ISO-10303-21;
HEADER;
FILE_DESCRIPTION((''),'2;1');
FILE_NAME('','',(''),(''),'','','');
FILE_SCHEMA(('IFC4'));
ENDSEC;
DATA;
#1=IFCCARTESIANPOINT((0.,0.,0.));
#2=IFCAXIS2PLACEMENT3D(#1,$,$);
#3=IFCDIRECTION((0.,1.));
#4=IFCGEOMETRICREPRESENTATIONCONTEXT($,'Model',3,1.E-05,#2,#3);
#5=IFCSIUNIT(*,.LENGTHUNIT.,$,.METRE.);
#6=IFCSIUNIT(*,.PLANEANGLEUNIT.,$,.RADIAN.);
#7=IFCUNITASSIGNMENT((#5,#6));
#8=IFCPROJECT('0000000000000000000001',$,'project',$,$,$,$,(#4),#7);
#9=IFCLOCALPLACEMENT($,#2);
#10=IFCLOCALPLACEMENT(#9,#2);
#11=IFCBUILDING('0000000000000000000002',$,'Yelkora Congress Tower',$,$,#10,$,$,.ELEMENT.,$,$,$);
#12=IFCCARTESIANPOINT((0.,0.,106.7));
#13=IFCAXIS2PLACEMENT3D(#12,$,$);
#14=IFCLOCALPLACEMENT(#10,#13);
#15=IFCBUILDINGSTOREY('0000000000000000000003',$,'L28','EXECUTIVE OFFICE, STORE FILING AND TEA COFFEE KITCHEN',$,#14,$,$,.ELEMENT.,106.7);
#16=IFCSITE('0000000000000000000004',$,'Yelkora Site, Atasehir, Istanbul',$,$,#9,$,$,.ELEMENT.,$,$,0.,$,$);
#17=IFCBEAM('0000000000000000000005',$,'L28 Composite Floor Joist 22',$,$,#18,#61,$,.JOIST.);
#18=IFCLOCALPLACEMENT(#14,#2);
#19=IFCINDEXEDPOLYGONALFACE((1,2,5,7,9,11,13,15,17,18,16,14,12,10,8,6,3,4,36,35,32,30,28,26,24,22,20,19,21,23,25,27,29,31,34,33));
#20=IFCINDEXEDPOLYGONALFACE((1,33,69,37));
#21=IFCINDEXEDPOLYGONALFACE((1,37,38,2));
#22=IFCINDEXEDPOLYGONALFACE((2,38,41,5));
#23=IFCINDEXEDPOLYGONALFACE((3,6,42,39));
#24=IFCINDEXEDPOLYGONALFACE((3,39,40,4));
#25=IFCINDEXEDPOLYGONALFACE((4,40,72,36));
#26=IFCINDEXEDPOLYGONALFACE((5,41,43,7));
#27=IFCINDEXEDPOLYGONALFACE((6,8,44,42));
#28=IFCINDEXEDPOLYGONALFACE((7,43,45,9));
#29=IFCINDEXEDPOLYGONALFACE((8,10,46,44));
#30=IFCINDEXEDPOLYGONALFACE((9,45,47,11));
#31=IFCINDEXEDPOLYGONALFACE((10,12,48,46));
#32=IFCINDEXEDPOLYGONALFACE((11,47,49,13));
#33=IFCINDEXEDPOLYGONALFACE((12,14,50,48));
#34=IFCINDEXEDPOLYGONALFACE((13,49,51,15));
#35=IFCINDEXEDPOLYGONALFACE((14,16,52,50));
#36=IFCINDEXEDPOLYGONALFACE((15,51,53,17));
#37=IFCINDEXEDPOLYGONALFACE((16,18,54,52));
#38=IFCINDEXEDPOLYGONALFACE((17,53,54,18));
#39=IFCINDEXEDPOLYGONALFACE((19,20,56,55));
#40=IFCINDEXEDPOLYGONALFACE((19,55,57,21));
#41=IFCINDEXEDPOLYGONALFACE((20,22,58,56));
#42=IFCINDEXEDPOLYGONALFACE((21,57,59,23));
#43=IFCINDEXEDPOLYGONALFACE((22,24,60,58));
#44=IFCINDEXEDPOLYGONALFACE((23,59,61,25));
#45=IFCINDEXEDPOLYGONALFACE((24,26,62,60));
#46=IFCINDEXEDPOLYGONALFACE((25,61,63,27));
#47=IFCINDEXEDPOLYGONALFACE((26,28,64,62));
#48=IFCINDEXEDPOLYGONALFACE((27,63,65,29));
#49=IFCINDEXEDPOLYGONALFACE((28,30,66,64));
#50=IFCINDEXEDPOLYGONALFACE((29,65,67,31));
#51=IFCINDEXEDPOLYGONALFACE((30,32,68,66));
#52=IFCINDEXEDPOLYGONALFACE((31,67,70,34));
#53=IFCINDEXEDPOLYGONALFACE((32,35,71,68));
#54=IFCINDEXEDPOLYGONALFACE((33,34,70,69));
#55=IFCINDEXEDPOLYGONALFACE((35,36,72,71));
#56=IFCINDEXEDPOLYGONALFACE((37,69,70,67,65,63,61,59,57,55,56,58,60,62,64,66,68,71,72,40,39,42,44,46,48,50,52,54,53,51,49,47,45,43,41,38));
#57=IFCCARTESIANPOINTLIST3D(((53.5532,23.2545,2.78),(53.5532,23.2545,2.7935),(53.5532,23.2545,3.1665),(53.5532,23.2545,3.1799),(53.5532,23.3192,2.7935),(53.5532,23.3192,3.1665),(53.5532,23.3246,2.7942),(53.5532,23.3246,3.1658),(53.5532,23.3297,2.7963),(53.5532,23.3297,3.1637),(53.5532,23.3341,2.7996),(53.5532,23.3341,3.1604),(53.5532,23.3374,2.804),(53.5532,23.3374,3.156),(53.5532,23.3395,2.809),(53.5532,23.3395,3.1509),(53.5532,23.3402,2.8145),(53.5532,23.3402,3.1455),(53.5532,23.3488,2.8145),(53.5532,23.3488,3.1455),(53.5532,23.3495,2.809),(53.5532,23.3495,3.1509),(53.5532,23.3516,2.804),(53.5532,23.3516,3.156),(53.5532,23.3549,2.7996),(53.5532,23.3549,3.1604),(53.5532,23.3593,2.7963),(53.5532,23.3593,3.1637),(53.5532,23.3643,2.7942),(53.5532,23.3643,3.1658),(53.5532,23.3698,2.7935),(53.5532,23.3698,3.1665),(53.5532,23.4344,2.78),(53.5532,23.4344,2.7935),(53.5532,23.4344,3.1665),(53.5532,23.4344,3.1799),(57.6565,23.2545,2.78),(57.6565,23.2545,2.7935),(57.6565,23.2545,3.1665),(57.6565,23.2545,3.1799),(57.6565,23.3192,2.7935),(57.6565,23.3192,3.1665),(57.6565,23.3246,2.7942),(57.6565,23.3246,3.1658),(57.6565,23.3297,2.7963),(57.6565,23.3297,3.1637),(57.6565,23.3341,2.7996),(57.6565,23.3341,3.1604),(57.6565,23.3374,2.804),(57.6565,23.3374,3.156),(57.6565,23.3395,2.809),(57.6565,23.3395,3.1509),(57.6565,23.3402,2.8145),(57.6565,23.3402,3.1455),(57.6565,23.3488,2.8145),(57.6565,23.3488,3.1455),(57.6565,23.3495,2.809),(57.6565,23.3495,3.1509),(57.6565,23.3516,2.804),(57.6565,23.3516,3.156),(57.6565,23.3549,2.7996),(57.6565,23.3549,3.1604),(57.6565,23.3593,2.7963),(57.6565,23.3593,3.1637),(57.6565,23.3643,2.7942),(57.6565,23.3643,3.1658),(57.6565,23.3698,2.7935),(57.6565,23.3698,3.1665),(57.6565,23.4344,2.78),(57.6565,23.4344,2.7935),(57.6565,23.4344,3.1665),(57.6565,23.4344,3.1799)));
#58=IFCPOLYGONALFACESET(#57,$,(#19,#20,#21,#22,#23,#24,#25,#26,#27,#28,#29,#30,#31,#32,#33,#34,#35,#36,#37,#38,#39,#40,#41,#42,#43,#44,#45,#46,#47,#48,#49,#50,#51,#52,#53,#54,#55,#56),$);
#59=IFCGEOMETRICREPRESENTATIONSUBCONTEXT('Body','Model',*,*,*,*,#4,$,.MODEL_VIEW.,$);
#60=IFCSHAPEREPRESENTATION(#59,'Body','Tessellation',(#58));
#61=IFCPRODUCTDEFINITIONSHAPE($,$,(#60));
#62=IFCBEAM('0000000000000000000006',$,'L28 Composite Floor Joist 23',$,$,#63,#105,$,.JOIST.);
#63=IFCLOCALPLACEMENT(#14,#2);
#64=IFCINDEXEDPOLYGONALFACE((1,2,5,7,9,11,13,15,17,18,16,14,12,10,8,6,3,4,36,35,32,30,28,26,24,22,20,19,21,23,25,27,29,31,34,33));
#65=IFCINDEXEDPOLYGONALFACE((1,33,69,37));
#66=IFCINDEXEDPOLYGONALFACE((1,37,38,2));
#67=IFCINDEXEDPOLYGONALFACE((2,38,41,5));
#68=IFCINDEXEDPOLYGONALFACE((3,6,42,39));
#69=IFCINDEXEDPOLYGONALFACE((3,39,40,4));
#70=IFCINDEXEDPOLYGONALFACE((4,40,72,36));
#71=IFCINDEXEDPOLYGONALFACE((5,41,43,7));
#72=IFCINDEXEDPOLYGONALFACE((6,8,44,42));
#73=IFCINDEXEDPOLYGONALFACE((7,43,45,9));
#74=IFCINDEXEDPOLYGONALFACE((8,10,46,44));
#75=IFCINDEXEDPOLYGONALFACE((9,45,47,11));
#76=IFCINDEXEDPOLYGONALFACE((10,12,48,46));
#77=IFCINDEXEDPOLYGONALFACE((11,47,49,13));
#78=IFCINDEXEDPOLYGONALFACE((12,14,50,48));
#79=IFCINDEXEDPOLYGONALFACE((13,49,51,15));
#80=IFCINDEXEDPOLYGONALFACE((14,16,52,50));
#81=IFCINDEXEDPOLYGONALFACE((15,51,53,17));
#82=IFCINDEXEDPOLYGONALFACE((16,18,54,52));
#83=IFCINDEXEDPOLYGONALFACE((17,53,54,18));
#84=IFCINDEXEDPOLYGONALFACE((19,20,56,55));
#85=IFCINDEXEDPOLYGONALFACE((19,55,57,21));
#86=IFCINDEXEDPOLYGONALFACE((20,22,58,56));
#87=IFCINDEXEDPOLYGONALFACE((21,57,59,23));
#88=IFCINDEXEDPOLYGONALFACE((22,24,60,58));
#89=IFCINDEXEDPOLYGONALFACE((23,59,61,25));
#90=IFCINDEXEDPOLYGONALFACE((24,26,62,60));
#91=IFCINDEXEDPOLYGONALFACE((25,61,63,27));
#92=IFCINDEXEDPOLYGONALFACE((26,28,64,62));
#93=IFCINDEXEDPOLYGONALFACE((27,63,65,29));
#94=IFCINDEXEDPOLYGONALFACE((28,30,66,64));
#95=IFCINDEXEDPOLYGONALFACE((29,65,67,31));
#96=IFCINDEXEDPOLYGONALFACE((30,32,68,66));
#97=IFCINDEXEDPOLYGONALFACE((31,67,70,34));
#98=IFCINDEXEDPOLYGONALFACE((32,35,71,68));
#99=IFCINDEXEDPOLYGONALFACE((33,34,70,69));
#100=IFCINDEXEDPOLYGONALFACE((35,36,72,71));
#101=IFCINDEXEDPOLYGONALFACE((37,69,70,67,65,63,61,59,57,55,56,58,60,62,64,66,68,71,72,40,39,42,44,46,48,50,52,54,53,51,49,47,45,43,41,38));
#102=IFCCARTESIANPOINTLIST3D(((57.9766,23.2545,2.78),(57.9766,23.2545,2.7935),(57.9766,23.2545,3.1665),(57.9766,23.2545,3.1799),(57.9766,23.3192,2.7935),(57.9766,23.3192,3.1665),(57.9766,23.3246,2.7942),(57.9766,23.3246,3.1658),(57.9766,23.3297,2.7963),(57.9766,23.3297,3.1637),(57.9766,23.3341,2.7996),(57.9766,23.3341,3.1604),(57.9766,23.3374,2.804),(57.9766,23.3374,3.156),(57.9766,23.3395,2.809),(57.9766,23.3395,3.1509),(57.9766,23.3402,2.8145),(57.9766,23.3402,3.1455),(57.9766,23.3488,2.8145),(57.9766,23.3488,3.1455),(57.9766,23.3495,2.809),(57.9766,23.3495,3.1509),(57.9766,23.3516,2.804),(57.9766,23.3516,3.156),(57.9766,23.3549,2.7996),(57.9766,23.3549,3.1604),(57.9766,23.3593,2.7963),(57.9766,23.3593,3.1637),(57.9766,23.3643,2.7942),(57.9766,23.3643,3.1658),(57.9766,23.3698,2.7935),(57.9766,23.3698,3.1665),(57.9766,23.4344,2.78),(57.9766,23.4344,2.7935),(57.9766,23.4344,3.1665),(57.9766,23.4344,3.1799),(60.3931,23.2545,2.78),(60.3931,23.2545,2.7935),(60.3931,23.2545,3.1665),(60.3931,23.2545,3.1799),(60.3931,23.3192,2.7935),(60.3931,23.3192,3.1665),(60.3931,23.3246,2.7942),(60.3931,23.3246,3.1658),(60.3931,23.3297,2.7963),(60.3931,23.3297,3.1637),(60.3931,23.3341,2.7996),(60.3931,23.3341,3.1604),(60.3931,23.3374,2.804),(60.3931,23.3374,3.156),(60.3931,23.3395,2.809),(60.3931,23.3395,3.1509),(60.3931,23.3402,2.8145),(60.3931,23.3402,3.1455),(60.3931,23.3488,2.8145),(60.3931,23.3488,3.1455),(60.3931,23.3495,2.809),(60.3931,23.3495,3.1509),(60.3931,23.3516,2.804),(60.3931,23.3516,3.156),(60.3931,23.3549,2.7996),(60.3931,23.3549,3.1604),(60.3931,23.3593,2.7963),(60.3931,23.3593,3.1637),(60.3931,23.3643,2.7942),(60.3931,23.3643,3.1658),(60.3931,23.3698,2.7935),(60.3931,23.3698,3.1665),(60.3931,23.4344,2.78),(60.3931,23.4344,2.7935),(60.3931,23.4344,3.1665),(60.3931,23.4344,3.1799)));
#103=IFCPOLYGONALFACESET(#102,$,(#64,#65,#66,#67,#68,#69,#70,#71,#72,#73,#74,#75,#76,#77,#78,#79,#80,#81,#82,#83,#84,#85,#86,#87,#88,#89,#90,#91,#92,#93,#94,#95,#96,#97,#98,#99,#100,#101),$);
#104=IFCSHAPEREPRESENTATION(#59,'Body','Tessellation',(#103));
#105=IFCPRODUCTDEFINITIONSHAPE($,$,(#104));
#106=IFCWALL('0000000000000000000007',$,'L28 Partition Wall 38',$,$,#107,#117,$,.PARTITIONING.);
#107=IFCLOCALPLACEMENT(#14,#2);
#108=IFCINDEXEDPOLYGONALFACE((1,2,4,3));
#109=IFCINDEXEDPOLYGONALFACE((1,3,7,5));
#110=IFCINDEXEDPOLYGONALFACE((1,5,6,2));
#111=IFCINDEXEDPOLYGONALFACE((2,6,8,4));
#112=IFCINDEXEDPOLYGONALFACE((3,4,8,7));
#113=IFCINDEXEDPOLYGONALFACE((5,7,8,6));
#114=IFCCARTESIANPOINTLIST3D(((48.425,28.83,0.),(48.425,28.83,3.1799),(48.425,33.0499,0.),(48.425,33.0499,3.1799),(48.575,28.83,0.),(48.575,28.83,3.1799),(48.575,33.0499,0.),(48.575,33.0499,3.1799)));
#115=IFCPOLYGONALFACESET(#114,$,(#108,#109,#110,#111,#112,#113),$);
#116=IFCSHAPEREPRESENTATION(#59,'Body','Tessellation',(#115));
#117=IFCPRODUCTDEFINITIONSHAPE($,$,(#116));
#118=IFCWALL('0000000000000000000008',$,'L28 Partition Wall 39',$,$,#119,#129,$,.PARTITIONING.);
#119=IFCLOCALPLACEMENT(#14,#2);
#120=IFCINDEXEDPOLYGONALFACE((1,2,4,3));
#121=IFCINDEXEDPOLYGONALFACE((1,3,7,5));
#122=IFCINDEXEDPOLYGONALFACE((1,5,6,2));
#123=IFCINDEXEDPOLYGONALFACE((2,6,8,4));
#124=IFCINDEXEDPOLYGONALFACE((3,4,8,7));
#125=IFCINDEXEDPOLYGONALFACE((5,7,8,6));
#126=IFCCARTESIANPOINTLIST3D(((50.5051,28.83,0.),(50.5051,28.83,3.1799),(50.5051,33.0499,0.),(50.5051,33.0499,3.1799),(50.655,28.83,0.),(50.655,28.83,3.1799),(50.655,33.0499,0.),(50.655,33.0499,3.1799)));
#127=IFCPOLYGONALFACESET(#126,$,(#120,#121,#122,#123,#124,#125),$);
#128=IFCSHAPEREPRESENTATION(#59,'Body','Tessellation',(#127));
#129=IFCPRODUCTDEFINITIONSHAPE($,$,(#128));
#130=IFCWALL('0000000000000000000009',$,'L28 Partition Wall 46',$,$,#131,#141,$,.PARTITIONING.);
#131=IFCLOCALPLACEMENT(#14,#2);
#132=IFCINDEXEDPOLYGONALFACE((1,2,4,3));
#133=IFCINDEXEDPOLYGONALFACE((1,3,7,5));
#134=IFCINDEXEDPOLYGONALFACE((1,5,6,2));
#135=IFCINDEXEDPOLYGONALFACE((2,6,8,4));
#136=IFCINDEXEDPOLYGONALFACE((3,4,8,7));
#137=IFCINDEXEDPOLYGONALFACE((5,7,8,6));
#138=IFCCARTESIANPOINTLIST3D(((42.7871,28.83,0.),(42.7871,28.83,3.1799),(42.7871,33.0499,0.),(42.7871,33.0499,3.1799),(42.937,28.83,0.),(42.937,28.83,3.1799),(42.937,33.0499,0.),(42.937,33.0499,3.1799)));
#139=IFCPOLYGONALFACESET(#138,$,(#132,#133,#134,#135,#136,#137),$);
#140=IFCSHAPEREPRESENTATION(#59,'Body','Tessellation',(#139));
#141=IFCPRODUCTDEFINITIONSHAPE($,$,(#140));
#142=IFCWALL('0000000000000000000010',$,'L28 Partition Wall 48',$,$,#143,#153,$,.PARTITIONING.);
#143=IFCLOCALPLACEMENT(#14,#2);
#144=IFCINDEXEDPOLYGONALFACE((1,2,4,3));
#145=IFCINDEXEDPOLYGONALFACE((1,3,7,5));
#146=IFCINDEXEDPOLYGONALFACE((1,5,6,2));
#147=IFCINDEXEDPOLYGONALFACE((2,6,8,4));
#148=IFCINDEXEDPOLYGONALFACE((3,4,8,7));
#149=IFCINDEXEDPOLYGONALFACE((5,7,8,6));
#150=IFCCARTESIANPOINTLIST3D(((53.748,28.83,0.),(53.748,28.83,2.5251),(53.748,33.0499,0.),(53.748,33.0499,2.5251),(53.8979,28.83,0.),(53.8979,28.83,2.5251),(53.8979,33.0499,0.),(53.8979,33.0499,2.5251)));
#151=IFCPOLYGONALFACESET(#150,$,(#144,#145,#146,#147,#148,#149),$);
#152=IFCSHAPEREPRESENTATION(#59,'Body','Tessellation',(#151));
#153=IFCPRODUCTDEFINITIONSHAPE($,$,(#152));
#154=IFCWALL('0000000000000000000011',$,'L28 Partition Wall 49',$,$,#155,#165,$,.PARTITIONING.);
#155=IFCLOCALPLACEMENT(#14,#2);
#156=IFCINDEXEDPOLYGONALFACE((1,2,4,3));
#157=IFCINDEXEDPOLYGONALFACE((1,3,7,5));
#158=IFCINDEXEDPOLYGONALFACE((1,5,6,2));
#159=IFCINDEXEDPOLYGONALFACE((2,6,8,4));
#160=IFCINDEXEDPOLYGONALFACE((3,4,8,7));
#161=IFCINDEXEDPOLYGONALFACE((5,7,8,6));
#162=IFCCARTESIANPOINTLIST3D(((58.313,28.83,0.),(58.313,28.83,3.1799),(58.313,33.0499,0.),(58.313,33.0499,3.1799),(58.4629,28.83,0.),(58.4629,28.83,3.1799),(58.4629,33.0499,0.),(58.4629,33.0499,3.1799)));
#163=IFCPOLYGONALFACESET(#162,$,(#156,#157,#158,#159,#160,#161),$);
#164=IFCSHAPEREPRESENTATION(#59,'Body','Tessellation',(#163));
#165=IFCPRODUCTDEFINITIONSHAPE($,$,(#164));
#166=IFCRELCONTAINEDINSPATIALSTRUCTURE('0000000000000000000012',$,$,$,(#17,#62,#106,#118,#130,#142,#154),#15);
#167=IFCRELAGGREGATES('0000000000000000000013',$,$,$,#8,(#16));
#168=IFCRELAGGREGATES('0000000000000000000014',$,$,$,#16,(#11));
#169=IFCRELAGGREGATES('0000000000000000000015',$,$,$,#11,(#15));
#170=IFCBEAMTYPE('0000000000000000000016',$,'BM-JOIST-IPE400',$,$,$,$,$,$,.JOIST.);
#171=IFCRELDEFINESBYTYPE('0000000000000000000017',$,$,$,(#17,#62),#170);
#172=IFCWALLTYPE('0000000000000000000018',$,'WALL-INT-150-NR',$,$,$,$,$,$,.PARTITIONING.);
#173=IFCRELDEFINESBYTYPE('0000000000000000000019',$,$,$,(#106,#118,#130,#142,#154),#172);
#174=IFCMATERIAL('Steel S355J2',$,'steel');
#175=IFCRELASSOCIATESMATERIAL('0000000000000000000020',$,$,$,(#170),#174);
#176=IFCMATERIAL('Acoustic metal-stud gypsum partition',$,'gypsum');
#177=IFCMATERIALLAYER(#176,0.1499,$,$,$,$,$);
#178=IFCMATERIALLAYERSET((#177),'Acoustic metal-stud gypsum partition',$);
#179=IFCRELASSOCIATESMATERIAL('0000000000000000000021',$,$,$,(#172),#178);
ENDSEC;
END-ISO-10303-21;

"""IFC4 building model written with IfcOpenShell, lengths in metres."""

from ifc_helpers import new_model, si_unit, direction, frame, frame_2d, origin, origin_2d, place, context, subcontext, project, spatial, rectangle, i_section, extrude, material, layer, layer_set, material_profile, profile_set, type_object, element, save


model = new_model("IFC4")

# Units and contexts
model_context = context("Model", 3, precision=1e-05, world=origin(), true_north=direction((0.0, 1.0)))
body_context = subcontext(model_context, "Body", "Model", "MODEL_VIEW")
ifc_project = project(units=[si_unit("LENGTHUNIT", "METRE"), si_unit("PLANEANGLEUNIT", "RADIAN")], contexts=[model_context])

# Site, building, storey
site_placement = place(None, origin())
site = spatial("IfcSite", under=ifc_project, at=site_placement, Name="Yelkora Site, Atasehir, Istanbul", CompositionType="ELEMENT", RefElevation=0.0)
building_placement = place(site_placement, origin())
building = spatial("IfcBuilding", under=site, at=building_placement, Name="Yelkora Congress Tower", CompositionType="ELEMENT")
storey_placement = place(building_placement, frame((0.0, 0.0, 106.7)))
storey = spatial("IfcBuildingStorey", under=building, at=storey_placement, Name="L28", Description="EXECUTIVE OFFICE, STORE FILING AND TEA COFFEE KITCHEN", CompositionType="ELEMENT", Elevation=106.7)

# Beams
ifc_material_1 = material(Name="Steel S355J2", Category="steel")
ifc_material_profile_1 = material_profile(ifc_material_1, i_section(OverallWidth=0.1799, OverallDepth=0.3999, WebThickness=0.0085, FlangeThickness=0.0134, FilletRadius=0.021, at=origin_2d()), Name="IPE 400")
ifc_profile_set_1 = profile_set([ifc_material_profile_1], Name="Steel S355J2")
beam_type_1 = type_object("IfcBeamType", Name="BM-JOIST-IPE400", PredefinedType="JOIST", material=ifc_profile_set_1)
beam_1_placement = place(storey_placement, frame((53.5532, 23.3445, 2.98), z_axis=(1.0, 0.0, 0.0), x_axis=(0.0, 1.0, 0.0)))
element("IfcBeam", 1, at=beam_1_placement, inside=storey, type_object=beam_type_1, Name="L28 Composite Floor Joist 22", PredefinedType="JOIST", context=body_context, shape_type="SweptSolid", body=[
    extrude(i_section(OverallWidth=0.1799, OverallDepth=0.3999, WebThickness=0.0085, FlangeThickness=0.0134, FilletRadius=0.021, at=origin_2d()), origin(), (0.0, 0.0, 1.0), 4.1033),
])
beam_2_placement = place(storey_placement, frame((57.9766, 23.3445, 2.98), z_axis=(1.0, 0.0, 0.0), x_axis=(0.0, 1.0, 0.0)))
element("IfcBeam", 2, at=beam_2_placement, inside=storey, type_object=beam_type_1, Name="L28 Composite Floor Joist 23", PredefinedType="JOIST", context=body_context, shape_type="SweptSolid", body=[
    extrude(i_section(OverallWidth=0.1799, OverallDepth=0.3999, WebThickness=0.0085, FlangeThickness=0.0134, FilletRadius=0.021, at=origin_2d()), origin(), (0.0, 0.0, 1.0), 2.4165),
])

# Walls
ifc_material_2 = material(Name="Acoustic metal-stud gypsum partition", Category="gypsum")
ifc_layer = layer(ifc_material_2, 0.1499)
ifc_layer_set = layer_set([ifc_layer], Name="Acoustic metal-stud gypsum partition")
wall_type = type_object("IfcWallType", Name="WALL-INT-150-NR", PredefinedType="PARTITIONING", material=ifc_layer_set)
for number, where, z_axis, x_axis, name in (
    (3, (48.5, 28.8301, 0.0), (0.0, 0.0, 1.0), (0.0, 1.0, 0.0), "L28 Partition Wall 38"),
    (4, (50.5801, 28.8301, 0.0), (0.0, 0.0, 1.0), (0.0, 1.0, 0.0), "L28 Partition Wall 39"),
    (5, (42.8621, 28.8301, 0.0), (0.0, 0.0, 1.0), (0.0, 1.0, 0.0), "L28 Partition Wall 46"),
):
    element("IfcWall", number, at=place(storey_placement, frame(where, z_axis=z_axis, x_axis=x_axis)), inside=storey, type_object=wall_type, Name=name, PredefinedType="PARTITIONING", context=body_context, shape_type="SweptSolid", body=[
        extrude(rectangle(XDim=4.22, YDim=0.1499, at=frame_2d((2.1099, 0.0))), origin(), (0.0, 0.0, 1.0), 3.1799),
    ])
wall_1_placement = place(storey_placement, frame((53.823, 28.8301, 0.0), z_axis=(0.0, 0.0, 1.0), x_axis=(0.0, 1.0, 0.0)))
element("IfcWall", 6, at=wall_1_placement, inside=storey, type_object=wall_type, Name="L28 Partition Wall 48", PredefinedType="PARTITIONING", context=body_context, shape_type="SweptSolid", body=[
    extrude(rectangle(XDim=4.22, YDim=0.1499, at=frame_2d((2.1099, 0.0))), origin(), (0.0, 0.0, 1.0), 2.5251),
])
wall_2_placement = place(storey_placement, frame((58.3879, 28.8301, 0.0), z_axis=(0.0, 0.0, 1.0), x_axis=(0.0, 1.0, 0.0)))
element("IfcWall", 7, at=wall_2_placement, inside=storey, type_object=wall_type, Name="L28 Partition Wall 49", PredefinedType="PARTITIONING", context=body_context, shape_type="SweptSolid", body=[
    extrude(rectangle(XDim=4.22, YDim=0.1499, at=frame_2d((2.1099, 0.0))), origin(), (0.0, 0.0, 1.0), 3.1799),
])

save(model, "model.ifc")
